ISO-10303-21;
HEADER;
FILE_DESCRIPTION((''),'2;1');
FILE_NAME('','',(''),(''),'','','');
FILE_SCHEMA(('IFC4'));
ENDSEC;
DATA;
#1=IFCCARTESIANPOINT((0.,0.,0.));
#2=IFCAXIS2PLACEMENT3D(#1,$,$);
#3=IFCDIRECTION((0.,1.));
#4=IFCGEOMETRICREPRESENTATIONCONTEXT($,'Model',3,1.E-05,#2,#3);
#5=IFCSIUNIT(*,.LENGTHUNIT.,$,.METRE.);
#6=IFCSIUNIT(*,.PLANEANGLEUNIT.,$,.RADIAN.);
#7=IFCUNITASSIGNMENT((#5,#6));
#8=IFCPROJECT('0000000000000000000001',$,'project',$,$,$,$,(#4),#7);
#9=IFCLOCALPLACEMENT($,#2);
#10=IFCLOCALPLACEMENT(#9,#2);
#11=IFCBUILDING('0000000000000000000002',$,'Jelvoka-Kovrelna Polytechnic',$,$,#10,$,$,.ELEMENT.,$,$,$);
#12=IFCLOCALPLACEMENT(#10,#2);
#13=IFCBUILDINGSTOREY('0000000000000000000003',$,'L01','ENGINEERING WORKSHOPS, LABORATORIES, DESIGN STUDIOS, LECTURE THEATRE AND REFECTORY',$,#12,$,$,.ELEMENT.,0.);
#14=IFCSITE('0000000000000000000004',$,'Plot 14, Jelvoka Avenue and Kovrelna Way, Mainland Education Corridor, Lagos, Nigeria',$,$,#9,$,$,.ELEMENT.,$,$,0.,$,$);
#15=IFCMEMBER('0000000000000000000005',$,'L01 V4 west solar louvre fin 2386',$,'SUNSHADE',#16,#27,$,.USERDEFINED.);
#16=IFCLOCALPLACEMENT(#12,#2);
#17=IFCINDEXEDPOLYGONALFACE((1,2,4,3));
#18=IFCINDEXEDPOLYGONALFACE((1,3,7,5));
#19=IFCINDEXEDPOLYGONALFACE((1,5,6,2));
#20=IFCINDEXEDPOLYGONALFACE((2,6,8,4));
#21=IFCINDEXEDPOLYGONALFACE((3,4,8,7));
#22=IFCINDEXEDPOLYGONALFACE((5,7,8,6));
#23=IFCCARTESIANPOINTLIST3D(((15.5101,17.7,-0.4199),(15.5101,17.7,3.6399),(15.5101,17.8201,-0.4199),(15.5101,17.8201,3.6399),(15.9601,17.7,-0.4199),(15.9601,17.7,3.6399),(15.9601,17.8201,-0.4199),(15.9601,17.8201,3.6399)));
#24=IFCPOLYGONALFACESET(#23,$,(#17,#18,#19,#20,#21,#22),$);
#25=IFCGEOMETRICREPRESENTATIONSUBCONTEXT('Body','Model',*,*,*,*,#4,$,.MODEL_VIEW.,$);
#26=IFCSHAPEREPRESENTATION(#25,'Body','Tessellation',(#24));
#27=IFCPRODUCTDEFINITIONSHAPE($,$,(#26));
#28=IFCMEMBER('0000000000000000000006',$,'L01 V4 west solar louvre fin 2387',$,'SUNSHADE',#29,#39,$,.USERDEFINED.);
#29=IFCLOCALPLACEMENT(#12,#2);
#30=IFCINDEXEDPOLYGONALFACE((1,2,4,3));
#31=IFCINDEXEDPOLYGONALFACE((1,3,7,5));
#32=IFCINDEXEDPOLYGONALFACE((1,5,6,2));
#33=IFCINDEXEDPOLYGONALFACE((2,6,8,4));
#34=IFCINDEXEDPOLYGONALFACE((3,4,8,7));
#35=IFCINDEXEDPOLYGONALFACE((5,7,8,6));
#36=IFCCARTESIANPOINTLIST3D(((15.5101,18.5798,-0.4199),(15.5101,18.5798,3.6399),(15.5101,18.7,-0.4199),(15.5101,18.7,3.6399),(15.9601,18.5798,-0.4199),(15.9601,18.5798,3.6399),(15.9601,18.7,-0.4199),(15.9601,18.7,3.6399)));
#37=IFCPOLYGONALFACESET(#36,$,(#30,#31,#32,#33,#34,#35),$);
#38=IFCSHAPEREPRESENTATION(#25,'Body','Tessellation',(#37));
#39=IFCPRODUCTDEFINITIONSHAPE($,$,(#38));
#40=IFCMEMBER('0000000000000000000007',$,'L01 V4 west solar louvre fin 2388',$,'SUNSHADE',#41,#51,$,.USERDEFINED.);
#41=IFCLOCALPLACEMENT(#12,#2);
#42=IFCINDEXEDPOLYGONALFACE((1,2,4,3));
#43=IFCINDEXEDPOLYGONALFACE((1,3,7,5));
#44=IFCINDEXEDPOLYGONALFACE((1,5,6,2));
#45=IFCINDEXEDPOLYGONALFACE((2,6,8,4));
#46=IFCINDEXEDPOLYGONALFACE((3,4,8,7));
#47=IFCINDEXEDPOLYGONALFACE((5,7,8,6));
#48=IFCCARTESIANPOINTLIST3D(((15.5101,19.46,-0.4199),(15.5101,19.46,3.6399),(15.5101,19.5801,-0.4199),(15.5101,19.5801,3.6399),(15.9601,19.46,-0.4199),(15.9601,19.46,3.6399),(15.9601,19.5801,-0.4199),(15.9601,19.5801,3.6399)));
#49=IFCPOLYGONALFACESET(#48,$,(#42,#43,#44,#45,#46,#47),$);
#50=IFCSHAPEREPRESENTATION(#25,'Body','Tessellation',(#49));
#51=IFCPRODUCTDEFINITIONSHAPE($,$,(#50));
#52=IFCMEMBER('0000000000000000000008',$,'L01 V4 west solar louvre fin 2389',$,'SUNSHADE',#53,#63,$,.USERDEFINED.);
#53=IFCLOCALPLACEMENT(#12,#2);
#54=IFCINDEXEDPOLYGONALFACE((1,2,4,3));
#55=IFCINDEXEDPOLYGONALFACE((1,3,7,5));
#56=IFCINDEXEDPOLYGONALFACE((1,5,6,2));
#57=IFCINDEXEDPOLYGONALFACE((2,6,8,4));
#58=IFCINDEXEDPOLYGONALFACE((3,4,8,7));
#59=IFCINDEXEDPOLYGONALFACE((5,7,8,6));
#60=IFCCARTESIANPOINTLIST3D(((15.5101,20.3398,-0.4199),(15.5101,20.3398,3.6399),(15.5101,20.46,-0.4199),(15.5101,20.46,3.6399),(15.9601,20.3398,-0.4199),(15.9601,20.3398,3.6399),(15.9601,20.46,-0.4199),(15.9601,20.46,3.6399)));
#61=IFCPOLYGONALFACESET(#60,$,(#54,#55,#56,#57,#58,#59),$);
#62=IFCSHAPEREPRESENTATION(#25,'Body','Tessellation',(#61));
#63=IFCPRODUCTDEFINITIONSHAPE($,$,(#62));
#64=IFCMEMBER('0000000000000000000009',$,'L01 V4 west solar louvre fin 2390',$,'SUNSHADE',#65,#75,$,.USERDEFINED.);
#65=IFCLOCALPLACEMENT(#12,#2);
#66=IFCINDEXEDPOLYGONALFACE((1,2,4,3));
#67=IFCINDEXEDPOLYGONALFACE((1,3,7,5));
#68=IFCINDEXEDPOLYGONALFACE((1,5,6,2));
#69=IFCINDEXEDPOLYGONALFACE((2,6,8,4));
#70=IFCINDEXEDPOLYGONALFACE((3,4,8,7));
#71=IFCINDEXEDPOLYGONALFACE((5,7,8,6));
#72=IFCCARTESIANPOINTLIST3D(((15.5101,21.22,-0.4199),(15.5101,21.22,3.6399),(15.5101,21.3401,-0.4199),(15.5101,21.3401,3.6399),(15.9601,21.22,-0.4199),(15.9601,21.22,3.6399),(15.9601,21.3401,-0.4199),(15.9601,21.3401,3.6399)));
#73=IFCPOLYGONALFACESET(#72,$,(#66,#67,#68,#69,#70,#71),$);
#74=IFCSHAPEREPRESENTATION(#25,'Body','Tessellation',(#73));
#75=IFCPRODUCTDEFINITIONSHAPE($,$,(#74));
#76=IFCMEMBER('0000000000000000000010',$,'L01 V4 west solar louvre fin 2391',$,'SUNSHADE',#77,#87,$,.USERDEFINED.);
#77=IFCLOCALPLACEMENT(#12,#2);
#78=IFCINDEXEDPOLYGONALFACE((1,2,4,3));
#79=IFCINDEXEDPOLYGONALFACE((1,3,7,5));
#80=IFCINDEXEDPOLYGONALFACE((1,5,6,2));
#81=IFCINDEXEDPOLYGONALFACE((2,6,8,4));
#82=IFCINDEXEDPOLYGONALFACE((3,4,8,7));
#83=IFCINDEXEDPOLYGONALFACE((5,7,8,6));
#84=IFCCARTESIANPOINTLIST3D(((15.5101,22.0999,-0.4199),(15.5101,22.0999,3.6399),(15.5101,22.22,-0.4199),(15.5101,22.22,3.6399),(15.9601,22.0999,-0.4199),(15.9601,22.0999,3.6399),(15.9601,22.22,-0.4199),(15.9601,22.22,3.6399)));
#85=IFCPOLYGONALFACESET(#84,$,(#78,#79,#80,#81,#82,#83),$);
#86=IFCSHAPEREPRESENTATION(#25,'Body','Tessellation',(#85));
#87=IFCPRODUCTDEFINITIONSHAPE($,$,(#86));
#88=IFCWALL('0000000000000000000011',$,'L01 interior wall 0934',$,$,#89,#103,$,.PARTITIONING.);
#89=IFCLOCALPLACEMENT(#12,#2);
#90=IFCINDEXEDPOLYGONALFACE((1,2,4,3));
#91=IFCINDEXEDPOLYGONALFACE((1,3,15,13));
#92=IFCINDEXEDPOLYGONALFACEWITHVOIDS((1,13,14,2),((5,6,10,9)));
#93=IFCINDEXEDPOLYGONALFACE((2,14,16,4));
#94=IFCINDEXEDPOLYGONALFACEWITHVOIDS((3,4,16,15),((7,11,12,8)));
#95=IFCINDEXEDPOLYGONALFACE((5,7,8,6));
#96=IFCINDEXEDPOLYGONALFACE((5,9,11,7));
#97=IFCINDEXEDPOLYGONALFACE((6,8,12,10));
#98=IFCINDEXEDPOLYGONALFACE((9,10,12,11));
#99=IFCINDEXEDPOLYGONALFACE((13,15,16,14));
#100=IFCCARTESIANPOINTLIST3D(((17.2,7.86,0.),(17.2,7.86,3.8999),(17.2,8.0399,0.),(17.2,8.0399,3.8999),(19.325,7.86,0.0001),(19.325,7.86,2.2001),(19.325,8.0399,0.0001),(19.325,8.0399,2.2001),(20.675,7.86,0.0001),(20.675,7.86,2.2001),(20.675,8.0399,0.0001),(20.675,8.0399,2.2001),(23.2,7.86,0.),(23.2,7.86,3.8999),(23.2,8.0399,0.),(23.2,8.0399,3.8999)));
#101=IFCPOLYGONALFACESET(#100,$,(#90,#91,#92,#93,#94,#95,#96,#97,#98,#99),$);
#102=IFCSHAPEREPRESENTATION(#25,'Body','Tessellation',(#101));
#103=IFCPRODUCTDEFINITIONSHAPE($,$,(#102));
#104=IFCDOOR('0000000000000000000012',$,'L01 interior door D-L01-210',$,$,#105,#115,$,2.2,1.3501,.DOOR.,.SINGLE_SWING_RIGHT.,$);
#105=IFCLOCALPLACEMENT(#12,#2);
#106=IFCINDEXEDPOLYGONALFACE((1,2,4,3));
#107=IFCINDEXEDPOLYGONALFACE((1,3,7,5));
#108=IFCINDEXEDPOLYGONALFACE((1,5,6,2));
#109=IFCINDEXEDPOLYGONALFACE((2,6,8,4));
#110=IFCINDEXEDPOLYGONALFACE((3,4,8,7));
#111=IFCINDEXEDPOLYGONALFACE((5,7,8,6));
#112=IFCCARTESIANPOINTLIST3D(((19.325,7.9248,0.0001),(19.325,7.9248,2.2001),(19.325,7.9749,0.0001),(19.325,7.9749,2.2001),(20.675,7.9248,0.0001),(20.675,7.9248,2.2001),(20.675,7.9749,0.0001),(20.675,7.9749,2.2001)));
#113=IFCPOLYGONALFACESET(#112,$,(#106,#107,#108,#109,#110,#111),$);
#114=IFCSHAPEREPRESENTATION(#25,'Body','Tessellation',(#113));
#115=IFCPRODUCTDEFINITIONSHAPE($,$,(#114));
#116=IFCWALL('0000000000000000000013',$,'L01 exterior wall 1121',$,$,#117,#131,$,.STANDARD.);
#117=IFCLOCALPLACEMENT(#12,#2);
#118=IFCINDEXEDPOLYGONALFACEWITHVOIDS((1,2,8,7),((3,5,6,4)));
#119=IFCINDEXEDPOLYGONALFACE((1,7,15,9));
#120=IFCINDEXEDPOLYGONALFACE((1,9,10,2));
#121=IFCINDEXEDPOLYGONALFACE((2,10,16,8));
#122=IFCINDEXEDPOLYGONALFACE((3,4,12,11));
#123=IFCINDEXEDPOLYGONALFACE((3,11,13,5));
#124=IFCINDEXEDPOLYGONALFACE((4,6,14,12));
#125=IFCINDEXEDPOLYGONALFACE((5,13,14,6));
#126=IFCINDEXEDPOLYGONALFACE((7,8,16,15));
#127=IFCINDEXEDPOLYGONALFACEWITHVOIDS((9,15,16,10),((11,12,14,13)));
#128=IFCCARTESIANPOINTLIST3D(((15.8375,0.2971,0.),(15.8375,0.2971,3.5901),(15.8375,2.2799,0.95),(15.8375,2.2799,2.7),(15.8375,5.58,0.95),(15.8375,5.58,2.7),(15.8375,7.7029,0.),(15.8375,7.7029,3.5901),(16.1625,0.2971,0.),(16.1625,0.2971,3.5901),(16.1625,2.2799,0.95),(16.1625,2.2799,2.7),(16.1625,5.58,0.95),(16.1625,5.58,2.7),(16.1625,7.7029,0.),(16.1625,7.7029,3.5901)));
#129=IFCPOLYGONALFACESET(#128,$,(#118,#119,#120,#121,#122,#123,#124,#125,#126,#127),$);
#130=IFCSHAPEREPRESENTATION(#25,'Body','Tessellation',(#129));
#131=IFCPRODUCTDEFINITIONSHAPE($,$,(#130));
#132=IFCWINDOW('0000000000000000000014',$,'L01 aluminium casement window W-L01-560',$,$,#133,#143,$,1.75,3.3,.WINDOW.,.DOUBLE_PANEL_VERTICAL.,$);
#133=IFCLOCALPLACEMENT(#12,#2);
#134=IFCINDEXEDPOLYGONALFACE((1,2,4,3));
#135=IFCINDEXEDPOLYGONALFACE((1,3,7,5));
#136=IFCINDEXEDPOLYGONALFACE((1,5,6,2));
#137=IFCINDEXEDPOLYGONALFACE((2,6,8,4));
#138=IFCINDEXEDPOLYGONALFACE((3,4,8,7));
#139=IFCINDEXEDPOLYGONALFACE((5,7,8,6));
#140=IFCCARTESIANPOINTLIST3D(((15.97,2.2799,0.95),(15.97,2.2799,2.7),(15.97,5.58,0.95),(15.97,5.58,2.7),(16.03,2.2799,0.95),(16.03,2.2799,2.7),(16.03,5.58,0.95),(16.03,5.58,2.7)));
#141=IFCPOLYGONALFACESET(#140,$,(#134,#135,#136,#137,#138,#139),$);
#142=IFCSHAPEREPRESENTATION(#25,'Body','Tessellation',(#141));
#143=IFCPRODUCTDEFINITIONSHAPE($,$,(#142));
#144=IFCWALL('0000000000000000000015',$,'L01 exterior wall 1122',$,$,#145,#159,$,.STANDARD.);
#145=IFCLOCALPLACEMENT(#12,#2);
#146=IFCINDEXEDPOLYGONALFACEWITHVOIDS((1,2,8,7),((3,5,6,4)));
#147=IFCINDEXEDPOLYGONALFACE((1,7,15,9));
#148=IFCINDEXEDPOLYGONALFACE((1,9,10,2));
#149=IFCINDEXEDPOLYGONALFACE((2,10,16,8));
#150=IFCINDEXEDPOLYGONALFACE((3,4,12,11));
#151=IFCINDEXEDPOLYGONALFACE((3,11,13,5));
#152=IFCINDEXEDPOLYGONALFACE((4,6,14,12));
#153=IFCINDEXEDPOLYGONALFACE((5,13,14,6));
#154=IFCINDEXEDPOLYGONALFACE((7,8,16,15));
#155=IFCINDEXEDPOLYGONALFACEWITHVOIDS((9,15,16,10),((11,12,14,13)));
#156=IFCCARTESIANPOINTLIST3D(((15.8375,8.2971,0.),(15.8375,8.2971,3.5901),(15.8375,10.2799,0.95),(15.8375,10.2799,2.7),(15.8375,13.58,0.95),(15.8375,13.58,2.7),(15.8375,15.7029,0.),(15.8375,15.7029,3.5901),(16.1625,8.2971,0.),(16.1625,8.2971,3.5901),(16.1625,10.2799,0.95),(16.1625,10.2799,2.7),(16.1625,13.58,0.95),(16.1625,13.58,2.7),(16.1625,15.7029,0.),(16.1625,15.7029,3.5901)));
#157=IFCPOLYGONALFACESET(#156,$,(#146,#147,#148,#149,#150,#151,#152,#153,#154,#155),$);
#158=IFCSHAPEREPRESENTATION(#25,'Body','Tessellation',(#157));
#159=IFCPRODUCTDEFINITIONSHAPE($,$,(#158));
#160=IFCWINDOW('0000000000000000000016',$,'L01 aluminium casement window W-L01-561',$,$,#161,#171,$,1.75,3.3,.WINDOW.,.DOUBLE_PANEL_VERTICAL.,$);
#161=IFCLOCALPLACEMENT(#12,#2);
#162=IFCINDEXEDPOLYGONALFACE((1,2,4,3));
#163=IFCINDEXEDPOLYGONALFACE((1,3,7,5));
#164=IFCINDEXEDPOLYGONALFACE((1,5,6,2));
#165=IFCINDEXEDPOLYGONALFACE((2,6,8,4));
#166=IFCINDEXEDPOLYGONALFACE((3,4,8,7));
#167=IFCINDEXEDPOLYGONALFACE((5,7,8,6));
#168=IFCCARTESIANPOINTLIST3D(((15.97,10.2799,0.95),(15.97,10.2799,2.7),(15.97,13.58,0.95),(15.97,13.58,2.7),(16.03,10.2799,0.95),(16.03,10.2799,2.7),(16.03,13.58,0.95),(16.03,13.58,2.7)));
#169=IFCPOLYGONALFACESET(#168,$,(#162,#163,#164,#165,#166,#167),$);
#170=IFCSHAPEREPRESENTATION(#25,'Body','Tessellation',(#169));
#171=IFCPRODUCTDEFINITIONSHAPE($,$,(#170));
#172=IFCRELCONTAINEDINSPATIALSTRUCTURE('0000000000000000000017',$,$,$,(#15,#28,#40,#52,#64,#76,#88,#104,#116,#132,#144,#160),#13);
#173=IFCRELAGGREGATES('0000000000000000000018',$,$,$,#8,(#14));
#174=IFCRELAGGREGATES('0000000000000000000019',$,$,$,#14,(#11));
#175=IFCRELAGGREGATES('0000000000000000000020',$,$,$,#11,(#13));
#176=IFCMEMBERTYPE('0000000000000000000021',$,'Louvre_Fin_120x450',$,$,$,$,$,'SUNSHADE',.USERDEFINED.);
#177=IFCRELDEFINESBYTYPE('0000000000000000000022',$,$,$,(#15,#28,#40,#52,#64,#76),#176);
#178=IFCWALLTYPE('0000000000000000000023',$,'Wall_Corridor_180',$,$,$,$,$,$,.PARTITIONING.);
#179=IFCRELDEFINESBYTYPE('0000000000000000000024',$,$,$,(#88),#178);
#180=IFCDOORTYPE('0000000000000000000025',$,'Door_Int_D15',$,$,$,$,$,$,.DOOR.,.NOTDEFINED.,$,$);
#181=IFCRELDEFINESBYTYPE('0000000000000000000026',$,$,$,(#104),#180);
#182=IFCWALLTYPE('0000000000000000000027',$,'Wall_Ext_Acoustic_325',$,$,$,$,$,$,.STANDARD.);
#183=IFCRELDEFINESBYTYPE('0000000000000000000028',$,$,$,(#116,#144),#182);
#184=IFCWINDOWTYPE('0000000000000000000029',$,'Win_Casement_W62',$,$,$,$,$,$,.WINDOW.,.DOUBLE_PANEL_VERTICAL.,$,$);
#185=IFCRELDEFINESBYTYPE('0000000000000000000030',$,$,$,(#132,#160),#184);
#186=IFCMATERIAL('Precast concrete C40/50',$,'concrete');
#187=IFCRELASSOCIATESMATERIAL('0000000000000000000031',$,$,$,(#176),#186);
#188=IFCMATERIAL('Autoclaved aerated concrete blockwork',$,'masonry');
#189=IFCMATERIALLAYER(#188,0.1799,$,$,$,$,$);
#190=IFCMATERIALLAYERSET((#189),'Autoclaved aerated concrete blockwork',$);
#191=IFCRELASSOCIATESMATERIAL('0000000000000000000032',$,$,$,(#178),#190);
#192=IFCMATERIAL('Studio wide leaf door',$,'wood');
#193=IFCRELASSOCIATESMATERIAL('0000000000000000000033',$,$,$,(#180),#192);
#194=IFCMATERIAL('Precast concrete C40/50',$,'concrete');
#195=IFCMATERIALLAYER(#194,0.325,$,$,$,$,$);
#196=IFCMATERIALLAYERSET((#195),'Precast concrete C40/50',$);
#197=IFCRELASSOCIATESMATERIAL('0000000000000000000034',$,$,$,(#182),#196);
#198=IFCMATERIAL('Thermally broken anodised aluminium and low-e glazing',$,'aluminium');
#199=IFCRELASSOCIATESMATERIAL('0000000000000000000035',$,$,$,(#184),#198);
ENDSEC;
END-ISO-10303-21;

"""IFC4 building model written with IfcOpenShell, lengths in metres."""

from ifc_helpers import new_model, si_unit, direction, frame, frame_2d, origin, origin_2d, place, context, subcontext, project, spatial, rectangle, extrude, material, layer, layer_set, material_profile, profile_set, type_object, element, fill, save


model = new_model("IFC4")

# Units and contexts
model_context = context("Model", 3, precision=1e-05, world=origin(), true_north=direction((0.0, 1.0)))
body_context = subcontext(model_context, "Body", "Model", "MODEL_VIEW")
ifc_project = project(units=[si_unit("LENGTHUNIT", "METRE"), si_unit("PLANEANGLEUNIT", "RADIAN")], contexts=[model_context])

# Site, building, storey
site_placement = place(None, origin())
site = spatial("IfcSite", under=ifc_project, at=site_placement, Name="Plot 14, Jelvoka Avenue and Kovrelna Way, Mainland Education Corridor, Lagos, Nigeria", CompositionType="ELEMENT", RefElevation=0.0)
building_placement = place(site_placement, origin())
building = spatial("IfcBuilding", under=site, at=building_placement, Name="Jelvoka-Kovrelna Polytechnic", CompositionType="ELEMENT")
storey_placement = place(building_placement, origin())
storey = spatial("IfcBuildingStorey", under=building, at=storey_placement, Name="L01", Description="ENGINEERING WORKSHOPS, LABORATORIES, DESIGN STUDIOS, LECTURE THEATRE AND REFECTORY", CompositionType="ELEMENT", Elevation=0.0)

# Members
ifc_material_1 = material(Name="Precast concrete C40/50", Category="concrete")
ifc_material_profile_1 = material_profile(ifc_material_1, rectangle(XDim=0.1201, YDim=0.45, at=origin_2d()), Name="PC 120x450")
ifc_profile_set_1 = profile_set([ifc_material_profile_1], Name="Precast concrete C40/50")
member_type = type_object("IfcMemberType", Name="Louvre_Fin_120x450", ElementType="SUNSHADE", PredefinedType="USERDEFINED", material=ifc_profile_set_1)
for number, where, z_axis, x_axis, name in (
    (1, (15.7351, 17.76, -0.4199), (0.0, 0.0, 1.0), (0.0, 1.0, 0.0), "L01 V4 west solar louvre fin 2386"),
    (2, (15.7351, 18.6399, -0.4199), (0.0, 0.0, 1.0), (0.0, 1.0, 0.0), "L01 V4 west solar louvre fin 2387"),
    (3, (15.7351, 19.52, -0.4199), (0.0, 0.0, 1.0), (0.0, 1.0, 0.0), "L01 V4 west solar louvre fin 2388"),
    (4, (15.7351, 20.3999, -0.4199), (0.0, 0.0, 1.0), (0.0, 1.0, 0.0), "L01 V4 west solar louvre fin 2389"),
    (5, (15.7351, 21.28, -0.4199), (0.0, 0.0, 1.0), (0.0, 1.0, 0.0), "L01 V4 west solar louvre fin 2390"),
    (6, (15.7351, 22.1599, -0.4199), (0.0, 0.0, 1.0), (0.0, 1.0, 0.0), "L01 V4 west solar louvre fin 2391"),
):
    element("IfcMember", number, at=place(storey_placement, frame(where, z_axis=z_axis, x_axis=x_axis)), inside=storey, type_object=member_type, Name=name, ObjectType="SUNSHADE", PredefinedType="USERDEFINED", context=body_context, shape_type="SweptSolid", body=[
        extrude(rectangle(XDim=0.1201, YDim=0.45, at=origin_2d()), origin(), (0.0, 0.0, 1.0), 4.0598),
    ])

# Wall, opening, door
ifc_material_2 = material(Name="Autoclaved aerated concrete blockwork", Category="masonry")
ifc_layer_1 = layer(ifc_material_2, 0.1799)
ifc_layer_set_1 = layer_set([ifc_layer_1], Name="Autoclaved aerated concrete blockwork")
wall_type_1 = type_object("IfcWallType", Name="Wall_Corridor_180", PredefinedType="PARTITIONING", material=ifc_layer_set_1)
wall_1_placement = place(storey_placement, frame((17.2, 7.95, 0.0), z_axis=(0.0, 0.0, 1.0), x_axis=(1.0, 0.0, 0.0)))
wall_1 = element("IfcWall", 7, at=wall_1_placement, inside=storey, type_object=wall_type_1, Name="L01 interior wall 0934", PredefinedType="PARTITIONING", context=body_context, shape_type="SweptSolid", body=[
    extrude(rectangle(XDim=6.0, YDim=0.1799, at=frame_2d((3.0, 0.0))), origin(), (0.0, 0.0, 1.0), 3.8999),
])
opening_1_placement = place(wall_1_placement, frame((2.125, 0.0, 0.0)))
opening_1 = element("IfcOpeningElement", 8, at=opening_1_placement, cuts=wall_1, PredefinedType="OPENING", context=body_context, shape_type="SweptSolid", body=[
    extrude(rectangle(XDim=1.3501, YDim=2.2, at=frame_2d((0.675, 1.1001))), frame((0.0, 0.0999, 0.0), z_axis=(0.0, -1.0, 0.0), x_axis=(1.0, 0.0, 0.0)), (0.0, 0.0, 1.0), 0.2),
])
ifc_material_3 = material(Name="Studio wide leaf door", Category="wood")
door_type = type_object("IfcDoorType", Name="Door_Int_D15", OperationType="NOTDEFINED", PredefinedType="DOOR", material=ifc_material_3)
door_placement = place(opening_1_placement, origin())
door = element("IfcDoor", 9, at=door_placement, inside=storey, type_object=door_type, Name="L01 interior door D-L01-210", OperationType="SINGLE_SWING_RIGHT", OverallHeight=2.2, OverallWidth=1.3501, PredefinedType="DOOR", context=body_context, shape_type="SweptSolid", body=[
    extrude(rectangle(XDim=1.3501, YDim=2.2, at=frame_2d((0.675, 1.1001))), frame((0.0, 0.0249, 0.0), z_axis=(0.0, -1.0, 0.0), x_axis=(1.0, 0.0, 0.0)), (0.0, 0.0, 1.0), 0.05),
])
fill(opening_1, door)

# Walls, openings, windows
ifc_material_4 = material(Name="Precast concrete C40/50", Category="concrete")
ifc_layer_2 = layer(ifc_material_4, 0.325)
ifc_layer_set_2 = layer_set([ifc_layer_2], Name="Precast concrete C40/50")
wall_type_2 = type_object("IfcWallType", Name="Wall_Ext_Acoustic_325", PredefinedType="STANDARD", material=ifc_layer_set_2)
wall_2_placement = place(storey_placement, frame((16.0, 0.2971, 0.0), z_axis=(0.0, 0.0, 1.0), x_axis=(0.0, 1.0, 0.0)))
wall_2 = element("IfcWall", 10, at=wall_2_placement, inside=storey, type_object=wall_type_2, Name="L01 exterior wall 1121", PredefinedType="STANDARD", context=body_context, shape_type="SweptSolid", body=[
    extrude(rectangle(XDim=7.4058, YDim=0.325, at=frame_2d((3.7029, 0.0))), origin(), (0.0, 0.0, 1.0), 3.5901),
])
opening_2_placement = place(wall_2_placement, frame((1.9829, 0.0, 0.95)))
opening_2 = element("IfcOpeningElement", 11, at=opening_2_placement, cuts=wall_2, PredefinedType="OPENING", context=body_context, shape_type="SweptSolid", body=[
    extrude(rectangle(XDim=3.3, YDim=1.75, at=frame_2d((1.6499, 0.875))), frame((0.0, 0.1726, 0.0), z_axis=(0.0, -1.0, 0.0), x_axis=(1.0, 0.0, 0.0)), (0.0, 0.0, 1.0), 0.345),
])
ifc_material_5 = material(Name="Thermally broken anodised aluminium and low-e glazing", Category="aluminium")
window_type = type_object("IfcWindowType", Name="Win_Casement_W62", PartitioningType="DOUBLE_PANEL_VERTICAL", PredefinedType="WINDOW", material=ifc_material_5)
window_1_placement = place(opening_2_placement, origin())
window_1 = element("IfcWindow", 12, at=window_1_placement, inside=storey, type_object=window_type, Name="L01 aluminium casement window W-L01-560", OverallHeight=1.75, OverallWidth=3.3, PartitioningType="DOUBLE_PANEL_VERTICAL", PredefinedType="WINDOW", context=body_context, shape_type="SweptSolid", body=[
    extrude(rectangle(XDim=3.3, YDim=1.75, at=frame_2d((1.6499, 0.875))), frame((0.0, 0.03, 0.0), z_axis=(0.0, -1.0, 0.0), x_axis=(1.0, 0.0, 0.0)), (0.0, 0.0, 1.0), 0.0601),
])
fill(opening_2, window_1)
wall_3_placement = place(storey_placement, frame((16.0, 8.2971, 0.0), z_axis=(0.0, 0.0, 1.0), x_axis=(0.0, 1.0, 0.0)))
wall_3 = element("IfcWall", 13, at=wall_3_placement, inside=storey, type_object=wall_type_2, Name="L01 exterior wall 1122", PredefinedType="STANDARD", context=body_context, shape_type="SweptSolid", body=[
    extrude(rectangle(XDim=7.4058, YDim=0.325, at=frame_2d((3.7029, 0.0))), origin(), (0.0, 0.0, 1.0), 3.5901),
])
opening_3_placement = place(wall_3_placement, frame((1.9829, 0.0, 0.95)))
opening_3 = element("IfcOpeningElement", 14, at=opening_3_placement, cuts=wall_3, PredefinedType="OPENING", context=body_context, shape_type="SweptSolid", body=[
    extrude(rectangle(XDim=3.3, YDim=1.75, at=frame_2d((1.6499, 0.875))), frame((0.0, 0.1726, 0.0), z_axis=(0.0, -1.0, 0.0), x_axis=(1.0, 0.0, 0.0)), (0.0, 0.0, 1.0), 0.345),
])
window_2_placement = place(opening_3_placement, origin())
window_2 = element("IfcWindow", 15, at=window_2_placement, inside=storey, type_object=window_type, Name="L01 aluminium casement window W-L01-561", OverallHeight=1.75, OverallWidth=3.3, PartitioningType="DOUBLE_PANEL_VERTICAL", PredefinedType="WINDOW", context=body_context, shape_type="SweptSolid", body=[
    extrude(rectangle(XDim=3.3, YDim=1.75, at=frame_2d((1.6499, 0.875))), frame((0.0, 0.03, 0.0), z_axis=(0.0, -1.0, 0.0), x_axis=(1.0, 0.0, 0.0)), (0.0, 0.0, 1.0), 0.0601),
])
fill(opening_3, window_2)

save(model, "model.ifc")
